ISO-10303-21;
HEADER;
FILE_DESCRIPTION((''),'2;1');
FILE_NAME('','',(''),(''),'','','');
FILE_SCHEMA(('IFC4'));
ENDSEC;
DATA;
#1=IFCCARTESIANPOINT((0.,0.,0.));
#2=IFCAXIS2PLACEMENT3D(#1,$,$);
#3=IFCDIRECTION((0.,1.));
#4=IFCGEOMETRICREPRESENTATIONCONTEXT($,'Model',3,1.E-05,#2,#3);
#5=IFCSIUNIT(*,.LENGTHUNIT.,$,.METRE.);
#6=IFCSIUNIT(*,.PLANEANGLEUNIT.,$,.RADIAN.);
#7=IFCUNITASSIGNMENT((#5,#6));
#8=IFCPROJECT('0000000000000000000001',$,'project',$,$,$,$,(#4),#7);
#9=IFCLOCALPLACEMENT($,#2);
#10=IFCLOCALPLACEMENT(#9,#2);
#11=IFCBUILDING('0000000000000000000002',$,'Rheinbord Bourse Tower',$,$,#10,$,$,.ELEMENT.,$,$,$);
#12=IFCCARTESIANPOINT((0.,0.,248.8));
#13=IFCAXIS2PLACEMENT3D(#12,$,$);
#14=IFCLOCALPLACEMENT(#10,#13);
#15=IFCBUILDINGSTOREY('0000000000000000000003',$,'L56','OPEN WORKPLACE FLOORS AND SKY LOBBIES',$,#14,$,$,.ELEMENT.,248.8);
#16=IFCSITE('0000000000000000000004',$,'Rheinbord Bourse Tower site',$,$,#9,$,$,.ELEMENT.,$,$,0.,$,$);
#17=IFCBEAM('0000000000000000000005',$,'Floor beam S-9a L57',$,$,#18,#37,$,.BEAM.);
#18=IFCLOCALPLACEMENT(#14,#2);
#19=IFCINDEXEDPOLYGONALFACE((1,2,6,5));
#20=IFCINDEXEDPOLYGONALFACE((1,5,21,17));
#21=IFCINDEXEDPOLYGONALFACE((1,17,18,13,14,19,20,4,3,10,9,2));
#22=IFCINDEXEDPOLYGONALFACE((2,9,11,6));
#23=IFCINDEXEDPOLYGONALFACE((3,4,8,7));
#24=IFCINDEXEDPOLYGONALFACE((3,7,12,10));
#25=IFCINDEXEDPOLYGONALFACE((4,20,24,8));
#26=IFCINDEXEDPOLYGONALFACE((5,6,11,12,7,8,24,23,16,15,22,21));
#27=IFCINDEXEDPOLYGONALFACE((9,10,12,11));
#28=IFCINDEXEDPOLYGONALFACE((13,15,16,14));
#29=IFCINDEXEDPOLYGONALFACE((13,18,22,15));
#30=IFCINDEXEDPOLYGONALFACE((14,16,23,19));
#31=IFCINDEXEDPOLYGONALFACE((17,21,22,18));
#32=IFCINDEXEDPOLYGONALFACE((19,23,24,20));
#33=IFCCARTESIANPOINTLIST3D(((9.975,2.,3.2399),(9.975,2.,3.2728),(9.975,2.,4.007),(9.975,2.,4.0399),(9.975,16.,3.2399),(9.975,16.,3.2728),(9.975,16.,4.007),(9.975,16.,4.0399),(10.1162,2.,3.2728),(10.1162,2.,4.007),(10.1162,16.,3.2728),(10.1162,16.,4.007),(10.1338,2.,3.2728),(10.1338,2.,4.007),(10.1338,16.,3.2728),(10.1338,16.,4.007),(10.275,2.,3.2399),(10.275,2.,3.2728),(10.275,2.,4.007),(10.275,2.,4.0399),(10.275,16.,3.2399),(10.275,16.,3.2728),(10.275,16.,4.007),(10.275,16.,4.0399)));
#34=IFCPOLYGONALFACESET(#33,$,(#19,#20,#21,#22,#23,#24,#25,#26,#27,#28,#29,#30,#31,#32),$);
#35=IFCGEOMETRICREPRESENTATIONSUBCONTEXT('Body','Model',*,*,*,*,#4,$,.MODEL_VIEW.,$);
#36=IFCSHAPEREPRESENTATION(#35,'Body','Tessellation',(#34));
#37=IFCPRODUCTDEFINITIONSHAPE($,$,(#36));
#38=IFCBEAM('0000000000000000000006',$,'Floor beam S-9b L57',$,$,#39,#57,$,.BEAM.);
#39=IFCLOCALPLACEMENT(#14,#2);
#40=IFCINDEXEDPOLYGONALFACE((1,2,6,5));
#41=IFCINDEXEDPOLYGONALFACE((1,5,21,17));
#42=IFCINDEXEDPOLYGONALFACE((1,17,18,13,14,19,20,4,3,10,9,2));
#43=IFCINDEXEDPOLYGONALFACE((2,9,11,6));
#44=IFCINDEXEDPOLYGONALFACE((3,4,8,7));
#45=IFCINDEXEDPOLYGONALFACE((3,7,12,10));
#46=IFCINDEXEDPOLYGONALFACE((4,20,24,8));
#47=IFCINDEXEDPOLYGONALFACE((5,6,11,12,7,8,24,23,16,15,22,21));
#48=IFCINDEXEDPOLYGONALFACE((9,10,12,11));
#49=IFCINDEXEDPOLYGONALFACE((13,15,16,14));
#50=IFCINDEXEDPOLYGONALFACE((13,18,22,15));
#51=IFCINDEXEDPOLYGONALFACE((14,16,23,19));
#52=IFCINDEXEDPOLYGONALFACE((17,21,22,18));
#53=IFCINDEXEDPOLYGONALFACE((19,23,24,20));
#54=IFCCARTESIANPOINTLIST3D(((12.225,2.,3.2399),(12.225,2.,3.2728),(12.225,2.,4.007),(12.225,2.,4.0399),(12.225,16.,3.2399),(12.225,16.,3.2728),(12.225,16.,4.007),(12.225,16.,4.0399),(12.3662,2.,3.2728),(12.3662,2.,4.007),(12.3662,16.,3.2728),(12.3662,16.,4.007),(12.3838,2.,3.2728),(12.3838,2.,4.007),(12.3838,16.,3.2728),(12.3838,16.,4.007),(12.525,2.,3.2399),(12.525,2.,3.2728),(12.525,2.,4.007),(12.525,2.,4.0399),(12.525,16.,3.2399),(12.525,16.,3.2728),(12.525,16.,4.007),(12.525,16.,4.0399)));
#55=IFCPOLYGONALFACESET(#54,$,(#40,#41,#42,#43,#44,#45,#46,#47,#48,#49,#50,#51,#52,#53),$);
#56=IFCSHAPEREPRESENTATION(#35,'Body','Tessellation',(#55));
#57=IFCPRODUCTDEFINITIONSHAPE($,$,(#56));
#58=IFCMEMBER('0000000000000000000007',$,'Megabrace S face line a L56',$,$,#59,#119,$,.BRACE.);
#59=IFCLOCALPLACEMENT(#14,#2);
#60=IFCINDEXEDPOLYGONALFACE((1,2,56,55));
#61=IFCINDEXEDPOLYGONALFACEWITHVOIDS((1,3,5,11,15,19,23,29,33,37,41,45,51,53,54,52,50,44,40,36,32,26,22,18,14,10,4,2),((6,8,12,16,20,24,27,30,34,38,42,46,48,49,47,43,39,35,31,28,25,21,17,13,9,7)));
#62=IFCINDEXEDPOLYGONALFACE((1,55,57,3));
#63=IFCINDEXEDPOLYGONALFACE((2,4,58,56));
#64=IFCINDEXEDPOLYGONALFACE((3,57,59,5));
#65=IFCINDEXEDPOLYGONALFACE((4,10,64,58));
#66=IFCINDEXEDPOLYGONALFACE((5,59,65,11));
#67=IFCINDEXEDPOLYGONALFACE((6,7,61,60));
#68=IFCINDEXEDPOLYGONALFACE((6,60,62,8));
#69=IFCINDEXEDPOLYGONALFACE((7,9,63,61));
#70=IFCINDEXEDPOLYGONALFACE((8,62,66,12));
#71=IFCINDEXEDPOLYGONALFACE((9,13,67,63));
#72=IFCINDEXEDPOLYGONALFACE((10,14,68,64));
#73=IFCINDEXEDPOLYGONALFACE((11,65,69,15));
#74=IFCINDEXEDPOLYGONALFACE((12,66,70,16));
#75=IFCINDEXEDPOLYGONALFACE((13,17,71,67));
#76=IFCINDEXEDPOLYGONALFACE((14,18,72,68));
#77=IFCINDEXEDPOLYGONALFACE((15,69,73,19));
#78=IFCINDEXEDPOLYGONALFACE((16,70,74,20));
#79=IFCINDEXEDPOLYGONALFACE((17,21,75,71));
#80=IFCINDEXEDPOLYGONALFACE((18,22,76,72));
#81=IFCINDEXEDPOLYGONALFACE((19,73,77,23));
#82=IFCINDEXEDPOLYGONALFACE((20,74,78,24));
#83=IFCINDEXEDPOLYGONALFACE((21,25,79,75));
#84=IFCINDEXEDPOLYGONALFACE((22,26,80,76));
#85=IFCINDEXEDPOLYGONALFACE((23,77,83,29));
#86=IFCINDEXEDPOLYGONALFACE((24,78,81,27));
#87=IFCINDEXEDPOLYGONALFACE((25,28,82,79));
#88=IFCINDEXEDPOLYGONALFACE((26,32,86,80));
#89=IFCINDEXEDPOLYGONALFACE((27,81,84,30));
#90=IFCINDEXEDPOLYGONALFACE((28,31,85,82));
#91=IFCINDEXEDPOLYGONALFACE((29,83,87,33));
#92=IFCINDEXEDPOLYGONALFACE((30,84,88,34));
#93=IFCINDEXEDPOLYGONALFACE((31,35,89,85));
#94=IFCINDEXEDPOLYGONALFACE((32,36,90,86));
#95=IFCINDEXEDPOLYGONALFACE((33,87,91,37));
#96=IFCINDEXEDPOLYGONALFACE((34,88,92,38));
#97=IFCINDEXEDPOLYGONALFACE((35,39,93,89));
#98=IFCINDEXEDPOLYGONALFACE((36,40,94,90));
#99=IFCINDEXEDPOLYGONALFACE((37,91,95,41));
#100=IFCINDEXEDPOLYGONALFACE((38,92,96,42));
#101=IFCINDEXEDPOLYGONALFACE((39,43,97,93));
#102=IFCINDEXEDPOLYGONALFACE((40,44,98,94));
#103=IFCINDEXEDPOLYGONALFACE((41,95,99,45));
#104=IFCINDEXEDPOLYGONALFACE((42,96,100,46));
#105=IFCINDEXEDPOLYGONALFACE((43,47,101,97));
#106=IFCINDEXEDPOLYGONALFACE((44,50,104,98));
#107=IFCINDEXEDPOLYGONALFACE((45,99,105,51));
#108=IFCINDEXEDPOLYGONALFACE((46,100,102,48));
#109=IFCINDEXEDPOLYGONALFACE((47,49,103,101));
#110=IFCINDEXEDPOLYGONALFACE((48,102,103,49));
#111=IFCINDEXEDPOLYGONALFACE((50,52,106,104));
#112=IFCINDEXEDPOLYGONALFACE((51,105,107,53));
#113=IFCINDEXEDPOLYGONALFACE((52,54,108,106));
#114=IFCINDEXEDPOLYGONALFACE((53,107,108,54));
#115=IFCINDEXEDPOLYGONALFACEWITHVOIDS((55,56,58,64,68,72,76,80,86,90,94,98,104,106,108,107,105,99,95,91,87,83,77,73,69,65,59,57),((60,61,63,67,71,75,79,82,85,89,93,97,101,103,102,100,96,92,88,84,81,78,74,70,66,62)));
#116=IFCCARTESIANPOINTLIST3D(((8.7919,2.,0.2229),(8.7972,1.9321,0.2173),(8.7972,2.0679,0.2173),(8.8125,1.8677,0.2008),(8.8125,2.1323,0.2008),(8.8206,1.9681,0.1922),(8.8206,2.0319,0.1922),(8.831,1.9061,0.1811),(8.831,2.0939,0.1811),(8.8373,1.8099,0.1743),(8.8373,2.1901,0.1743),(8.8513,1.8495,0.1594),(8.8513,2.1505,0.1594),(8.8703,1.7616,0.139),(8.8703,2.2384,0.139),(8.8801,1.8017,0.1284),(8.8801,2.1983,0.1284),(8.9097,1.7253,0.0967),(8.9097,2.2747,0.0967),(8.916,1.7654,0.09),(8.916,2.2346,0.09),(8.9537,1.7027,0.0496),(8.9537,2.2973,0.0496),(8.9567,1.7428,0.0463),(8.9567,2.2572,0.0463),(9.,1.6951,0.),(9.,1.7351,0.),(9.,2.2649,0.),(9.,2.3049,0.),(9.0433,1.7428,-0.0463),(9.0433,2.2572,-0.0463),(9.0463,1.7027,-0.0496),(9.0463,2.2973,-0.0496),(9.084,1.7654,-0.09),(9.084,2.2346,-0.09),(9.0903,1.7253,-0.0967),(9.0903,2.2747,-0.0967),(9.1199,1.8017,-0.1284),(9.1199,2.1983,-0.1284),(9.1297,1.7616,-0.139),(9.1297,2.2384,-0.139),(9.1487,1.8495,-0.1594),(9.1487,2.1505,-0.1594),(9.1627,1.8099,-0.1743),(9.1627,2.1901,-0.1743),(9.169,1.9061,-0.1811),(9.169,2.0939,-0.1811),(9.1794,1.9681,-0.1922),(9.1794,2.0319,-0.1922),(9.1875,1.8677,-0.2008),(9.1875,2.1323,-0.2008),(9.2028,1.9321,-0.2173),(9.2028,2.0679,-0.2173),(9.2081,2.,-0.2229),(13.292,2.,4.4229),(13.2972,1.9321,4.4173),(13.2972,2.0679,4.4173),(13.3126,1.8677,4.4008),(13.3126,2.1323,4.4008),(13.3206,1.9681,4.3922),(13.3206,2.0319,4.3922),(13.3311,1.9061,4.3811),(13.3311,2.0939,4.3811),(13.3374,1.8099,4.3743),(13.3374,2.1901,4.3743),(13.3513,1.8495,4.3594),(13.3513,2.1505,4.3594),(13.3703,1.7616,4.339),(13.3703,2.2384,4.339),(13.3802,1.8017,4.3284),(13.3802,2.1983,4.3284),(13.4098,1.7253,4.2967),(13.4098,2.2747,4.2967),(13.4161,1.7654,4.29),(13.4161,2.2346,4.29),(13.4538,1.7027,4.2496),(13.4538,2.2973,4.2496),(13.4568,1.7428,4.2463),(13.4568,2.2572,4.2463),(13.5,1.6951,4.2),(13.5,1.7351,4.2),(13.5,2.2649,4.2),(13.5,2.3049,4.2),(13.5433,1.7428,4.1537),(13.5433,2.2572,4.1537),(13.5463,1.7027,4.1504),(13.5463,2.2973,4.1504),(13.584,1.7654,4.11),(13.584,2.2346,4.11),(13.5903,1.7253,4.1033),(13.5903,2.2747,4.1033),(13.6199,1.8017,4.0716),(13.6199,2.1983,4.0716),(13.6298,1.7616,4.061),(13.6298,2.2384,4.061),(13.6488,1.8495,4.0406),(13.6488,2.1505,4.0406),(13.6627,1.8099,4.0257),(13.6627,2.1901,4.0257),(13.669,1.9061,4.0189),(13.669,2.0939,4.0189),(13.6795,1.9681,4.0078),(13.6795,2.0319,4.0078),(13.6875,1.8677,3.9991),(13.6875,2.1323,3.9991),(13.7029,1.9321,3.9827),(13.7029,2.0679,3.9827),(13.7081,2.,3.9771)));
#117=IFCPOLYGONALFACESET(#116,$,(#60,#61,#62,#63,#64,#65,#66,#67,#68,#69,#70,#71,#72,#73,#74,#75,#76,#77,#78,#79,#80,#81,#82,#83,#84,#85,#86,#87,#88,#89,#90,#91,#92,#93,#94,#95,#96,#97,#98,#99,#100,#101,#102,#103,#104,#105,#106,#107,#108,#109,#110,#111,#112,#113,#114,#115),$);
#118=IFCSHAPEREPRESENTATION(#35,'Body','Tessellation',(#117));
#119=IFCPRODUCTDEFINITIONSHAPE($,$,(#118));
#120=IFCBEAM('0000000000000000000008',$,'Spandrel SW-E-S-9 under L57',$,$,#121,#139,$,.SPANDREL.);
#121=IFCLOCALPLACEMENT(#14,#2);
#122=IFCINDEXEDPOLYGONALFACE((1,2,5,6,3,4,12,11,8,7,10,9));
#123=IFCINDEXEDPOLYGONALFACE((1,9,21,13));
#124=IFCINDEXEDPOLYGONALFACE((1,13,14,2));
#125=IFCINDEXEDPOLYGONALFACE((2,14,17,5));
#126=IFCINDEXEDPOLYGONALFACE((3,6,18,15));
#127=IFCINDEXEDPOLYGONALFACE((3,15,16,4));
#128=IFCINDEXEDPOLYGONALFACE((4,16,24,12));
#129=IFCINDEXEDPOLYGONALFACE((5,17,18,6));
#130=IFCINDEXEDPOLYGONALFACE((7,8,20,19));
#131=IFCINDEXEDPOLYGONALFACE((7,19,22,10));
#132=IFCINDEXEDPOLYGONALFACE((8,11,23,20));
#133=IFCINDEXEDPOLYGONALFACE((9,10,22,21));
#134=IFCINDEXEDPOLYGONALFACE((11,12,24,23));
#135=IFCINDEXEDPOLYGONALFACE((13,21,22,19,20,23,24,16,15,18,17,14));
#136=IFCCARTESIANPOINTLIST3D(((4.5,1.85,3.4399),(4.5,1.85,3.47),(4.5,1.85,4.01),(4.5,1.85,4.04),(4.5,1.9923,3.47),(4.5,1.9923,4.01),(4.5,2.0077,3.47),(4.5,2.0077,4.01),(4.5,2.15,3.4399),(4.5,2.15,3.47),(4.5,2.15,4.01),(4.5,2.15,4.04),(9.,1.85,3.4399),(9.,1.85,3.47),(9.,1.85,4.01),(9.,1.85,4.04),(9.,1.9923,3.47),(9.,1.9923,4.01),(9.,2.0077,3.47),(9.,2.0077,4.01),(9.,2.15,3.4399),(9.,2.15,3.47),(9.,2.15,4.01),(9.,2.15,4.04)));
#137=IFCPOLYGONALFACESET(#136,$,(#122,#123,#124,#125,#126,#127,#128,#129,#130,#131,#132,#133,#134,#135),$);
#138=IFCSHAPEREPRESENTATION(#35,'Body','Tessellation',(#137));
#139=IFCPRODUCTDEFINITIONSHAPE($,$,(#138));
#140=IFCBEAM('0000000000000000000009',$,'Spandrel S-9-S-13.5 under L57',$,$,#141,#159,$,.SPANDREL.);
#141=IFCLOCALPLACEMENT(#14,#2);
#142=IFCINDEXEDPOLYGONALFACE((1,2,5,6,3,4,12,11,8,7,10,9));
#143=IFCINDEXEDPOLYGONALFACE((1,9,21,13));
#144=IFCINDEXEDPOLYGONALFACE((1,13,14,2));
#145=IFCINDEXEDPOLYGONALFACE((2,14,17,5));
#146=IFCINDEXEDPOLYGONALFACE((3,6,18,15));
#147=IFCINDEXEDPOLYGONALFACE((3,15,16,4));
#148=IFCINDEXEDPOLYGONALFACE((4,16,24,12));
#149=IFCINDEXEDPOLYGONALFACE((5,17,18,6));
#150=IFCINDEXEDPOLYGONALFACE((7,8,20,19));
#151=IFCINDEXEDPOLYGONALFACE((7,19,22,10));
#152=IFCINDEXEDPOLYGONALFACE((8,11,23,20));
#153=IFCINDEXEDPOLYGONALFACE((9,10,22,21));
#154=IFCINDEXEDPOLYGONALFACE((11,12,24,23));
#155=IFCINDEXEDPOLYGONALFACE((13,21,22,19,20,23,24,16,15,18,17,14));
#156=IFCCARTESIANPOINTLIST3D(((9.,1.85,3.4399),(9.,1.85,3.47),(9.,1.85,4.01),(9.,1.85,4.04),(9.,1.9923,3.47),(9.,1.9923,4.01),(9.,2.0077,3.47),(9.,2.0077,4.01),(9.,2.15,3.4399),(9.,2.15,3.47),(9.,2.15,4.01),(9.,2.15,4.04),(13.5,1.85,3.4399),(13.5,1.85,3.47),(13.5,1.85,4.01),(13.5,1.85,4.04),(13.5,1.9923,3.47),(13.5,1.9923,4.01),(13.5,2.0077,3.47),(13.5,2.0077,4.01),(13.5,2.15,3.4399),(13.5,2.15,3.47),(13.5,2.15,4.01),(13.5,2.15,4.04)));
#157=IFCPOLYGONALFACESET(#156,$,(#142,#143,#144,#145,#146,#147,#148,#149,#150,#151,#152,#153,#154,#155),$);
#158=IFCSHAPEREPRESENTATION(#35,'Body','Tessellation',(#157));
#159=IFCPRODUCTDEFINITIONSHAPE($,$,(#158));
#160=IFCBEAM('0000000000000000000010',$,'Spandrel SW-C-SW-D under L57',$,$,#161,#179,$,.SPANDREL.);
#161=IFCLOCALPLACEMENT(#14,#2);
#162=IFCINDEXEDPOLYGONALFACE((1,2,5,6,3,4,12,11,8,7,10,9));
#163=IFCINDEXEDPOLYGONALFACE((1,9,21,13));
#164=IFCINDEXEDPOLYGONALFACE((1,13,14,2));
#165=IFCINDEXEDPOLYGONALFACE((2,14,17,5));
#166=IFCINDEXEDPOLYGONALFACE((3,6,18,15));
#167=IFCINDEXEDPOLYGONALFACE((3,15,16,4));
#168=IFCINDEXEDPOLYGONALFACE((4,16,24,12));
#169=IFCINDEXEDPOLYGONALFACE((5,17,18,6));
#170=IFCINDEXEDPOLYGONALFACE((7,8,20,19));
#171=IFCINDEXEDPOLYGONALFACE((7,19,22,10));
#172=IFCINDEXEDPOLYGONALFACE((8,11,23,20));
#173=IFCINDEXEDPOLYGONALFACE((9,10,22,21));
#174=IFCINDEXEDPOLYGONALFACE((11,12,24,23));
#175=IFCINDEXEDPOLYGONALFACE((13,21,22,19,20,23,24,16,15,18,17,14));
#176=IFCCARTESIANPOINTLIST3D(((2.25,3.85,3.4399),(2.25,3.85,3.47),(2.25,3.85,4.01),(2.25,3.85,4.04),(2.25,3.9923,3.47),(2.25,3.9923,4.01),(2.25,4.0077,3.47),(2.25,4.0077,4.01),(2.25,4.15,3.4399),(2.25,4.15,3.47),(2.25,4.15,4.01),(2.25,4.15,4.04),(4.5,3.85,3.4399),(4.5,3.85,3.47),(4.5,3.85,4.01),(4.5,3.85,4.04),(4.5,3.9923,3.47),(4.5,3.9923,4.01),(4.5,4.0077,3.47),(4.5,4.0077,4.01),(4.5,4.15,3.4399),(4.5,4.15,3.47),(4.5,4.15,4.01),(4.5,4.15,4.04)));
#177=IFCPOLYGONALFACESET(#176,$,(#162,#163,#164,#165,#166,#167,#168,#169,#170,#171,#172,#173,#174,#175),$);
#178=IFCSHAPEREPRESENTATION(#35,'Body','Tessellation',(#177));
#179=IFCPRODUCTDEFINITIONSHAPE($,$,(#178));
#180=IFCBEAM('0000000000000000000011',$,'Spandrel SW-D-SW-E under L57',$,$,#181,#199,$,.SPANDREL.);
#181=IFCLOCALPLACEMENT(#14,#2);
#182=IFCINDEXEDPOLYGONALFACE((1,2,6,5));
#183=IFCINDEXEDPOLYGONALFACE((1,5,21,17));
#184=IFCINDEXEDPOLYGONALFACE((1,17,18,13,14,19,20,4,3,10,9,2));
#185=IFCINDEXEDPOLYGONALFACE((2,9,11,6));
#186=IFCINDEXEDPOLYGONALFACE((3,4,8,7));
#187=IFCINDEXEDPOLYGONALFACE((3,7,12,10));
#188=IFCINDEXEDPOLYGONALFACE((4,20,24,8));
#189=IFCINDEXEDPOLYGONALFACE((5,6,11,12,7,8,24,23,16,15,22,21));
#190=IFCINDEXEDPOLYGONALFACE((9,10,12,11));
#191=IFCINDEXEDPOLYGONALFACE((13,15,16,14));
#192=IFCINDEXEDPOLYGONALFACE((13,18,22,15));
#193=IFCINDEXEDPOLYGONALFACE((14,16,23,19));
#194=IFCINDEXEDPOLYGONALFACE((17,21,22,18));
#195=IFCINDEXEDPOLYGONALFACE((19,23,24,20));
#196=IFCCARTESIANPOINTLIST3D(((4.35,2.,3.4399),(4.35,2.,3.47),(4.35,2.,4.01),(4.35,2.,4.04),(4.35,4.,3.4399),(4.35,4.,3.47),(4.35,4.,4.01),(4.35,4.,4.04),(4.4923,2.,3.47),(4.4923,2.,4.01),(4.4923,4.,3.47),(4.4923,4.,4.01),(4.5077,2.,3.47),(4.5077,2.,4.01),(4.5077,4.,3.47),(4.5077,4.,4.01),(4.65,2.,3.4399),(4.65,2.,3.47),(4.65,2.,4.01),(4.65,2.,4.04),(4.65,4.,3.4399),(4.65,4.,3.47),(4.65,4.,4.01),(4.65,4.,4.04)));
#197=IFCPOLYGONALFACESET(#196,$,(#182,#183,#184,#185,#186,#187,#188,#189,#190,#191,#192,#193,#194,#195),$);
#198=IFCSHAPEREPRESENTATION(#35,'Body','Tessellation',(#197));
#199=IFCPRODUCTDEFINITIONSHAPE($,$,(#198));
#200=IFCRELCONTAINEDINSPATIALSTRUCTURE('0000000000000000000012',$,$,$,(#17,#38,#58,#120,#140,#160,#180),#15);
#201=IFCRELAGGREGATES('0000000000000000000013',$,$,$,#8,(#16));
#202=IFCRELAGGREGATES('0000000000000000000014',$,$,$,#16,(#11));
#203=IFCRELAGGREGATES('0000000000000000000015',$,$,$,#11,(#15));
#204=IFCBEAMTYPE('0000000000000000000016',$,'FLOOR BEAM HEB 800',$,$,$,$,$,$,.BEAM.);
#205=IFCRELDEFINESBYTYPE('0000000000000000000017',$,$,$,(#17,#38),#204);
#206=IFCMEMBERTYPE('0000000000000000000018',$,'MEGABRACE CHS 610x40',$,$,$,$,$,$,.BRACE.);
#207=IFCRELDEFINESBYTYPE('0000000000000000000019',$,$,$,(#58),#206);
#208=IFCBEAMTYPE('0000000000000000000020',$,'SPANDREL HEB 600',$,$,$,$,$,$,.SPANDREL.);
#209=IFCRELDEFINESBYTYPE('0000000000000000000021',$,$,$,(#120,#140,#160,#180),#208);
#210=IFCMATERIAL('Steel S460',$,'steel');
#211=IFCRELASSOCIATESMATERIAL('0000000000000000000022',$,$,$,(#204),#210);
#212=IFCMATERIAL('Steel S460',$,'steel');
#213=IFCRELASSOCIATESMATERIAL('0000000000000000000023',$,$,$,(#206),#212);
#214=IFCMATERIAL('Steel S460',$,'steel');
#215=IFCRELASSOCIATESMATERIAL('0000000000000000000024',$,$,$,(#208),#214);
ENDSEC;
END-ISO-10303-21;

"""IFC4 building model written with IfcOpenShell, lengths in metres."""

from ifc_helpers import new_model, si_unit, direction, frame, origin, origin_2d, place, context, subcontext, project, spatial, hollow_circle, i_section, extrude, material, material_profile, profile_set, type_object, element, save


model = new_model("IFC4")

# Units and contexts
model_context = context("Model", 3, precision=1e-05, world=origin(), true_north=direction((0.0, 1.0)))
body_context = subcontext(model_context, "Body", "Model", "MODEL_VIEW")
ifc_project = project(units=[si_unit("LENGTHUNIT", "METRE"), si_unit("PLANEANGLEUNIT", "RADIAN")], contexts=[model_context])

# Site, building, storey
site_placement = place(None, origin())
site = spatial("IfcSite", under=ifc_project, at=site_placement, Name="Rheinbord Bourse Tower site", CompositionType="ELEMENT", RefElevation=0.0)
building_placement = place(site_placement, origin())
building = spatial("IfcBuilding", under=site, at=building_placement, Name="Rheinbord Bourse Tower", CompositionType="ELEMENT")
storey_placement = place(building_placement, frame((0.0, 0.0, 248.8)))
storey = spatial("IfcBuildingStorey", under=building, at=storey_placement, Name="L56", Description="OPEN WORKPLACE FLOORS AND SKY LOBBIES", CompositionType="ELEMENT", Elevation=248.8)

# Beams
ifc_material_1 = material(Name="Steel S460", Category="steel")
ifc_material_profile_1 = material_profile(ifc_material_1, i_section(OverallWidth=0.3, OverallDepth=0.8, WebThickness=0.0176, FlangeThickness=0.033, at=origin_2d()), Name="HEB 800")
ifc_profile_set_1 = profile_set([ifc_material_profile_1], Name="Steel S460")
beam_type_1 = type_object("IfcBeamType", Name="FLOOR BEAM HEB 800", PredefinedType="BEAM", material=ifc_profile_set_1)
for number, where, z_axis, x_axis, name in (
    (1, (10.125, 2.0, 3.6399), (0.0, 1.0, 0.0), (-1.0, 0.0, 0.0), "Floor beam S-9a L57"),
    (2, (12.375, 2.0, 3.6399), (0.0, 1.0, 0.0), (-1.0, 0.0, 0.0), "Floor beam S-9b L57"),
):
    element("IfcBeam", number, at=place(storey_placement, frame(where, z_axis=z_axis, x_axis=x_axis)), inside=storey, type_object=beam_type_1, Name=name, PredefinedType="BEAM", context=body_context, shape_type="SweptSolid", body=[
        extrude(i_section(OverallWidth=0.3, OverallDepth=0.8, WebThickness=0.0176, FlangeThickness=0.033, at=origin_2d()), origin(), (0.0, 0.0, 1.0), 14.0),
    ])

# Member
ifc_material_2 = material(Name="Steel S460", Category="steel")
ifc_material_profile_2 = material_profile(ifc_material_2, hollow_circle(Radius=0.3049, WallThickness=0.04, at=origin_2d()), Name="CHS 610x40")
ifc_profile_set_2 = profile_set([ifc_material_profile_2], Name="Steel S460")
member_type_1 = type_object("IfcMemberType", Name="MEGABRACE CHS 610x40", PredefinedType="BRACE", material=ifc_profile_set_2)
member_1_placement = place(storey_placement, frame((9.0, 2.0, 0.0), z_axis=(0.731059, 0.0, 0.682314), x_axis=(0.0, 1.0, 0.0)))
element("IfcMember", 3, at=member_1_placement, inside=storey, type_object=member_type_1, Name="Megabrace S face line a L56", PredefinedType="BRACE", context=body_context, shape_type="SweptSolid", body=[
    extrude(hollow_circle(Radius=0.3049, WallThickness=0.04, at=origin_2d()), origin(), (0.0, 0.0, 1.0), 6.1555),
])

# Beams
ifc_material_3 = material(Name="Steel S460", Category="steel")
ifc_material_profile_3 = material_profile(ifc_material_3, i_section(OverallWidth=0.3, OverallDepth=0.6001, WebThickness=0.0154, FlangeThickness=0.03, at=origin_2d()), Name="HEB 600")
ifc_profile_set_3 = profile_set([ifc_material_profile_3], Name="Steel S460")
beam_type_2 = type_object("IfcBeamType", Name="SPANDREL HEB 600", PredefinedType="SPANDREL", material=ifc_profile_set_3)
for number, where, z_axis, x_axis, name in (
    (4, (4.5, 2.0, 3.74), (1.0, 0.0, 0.0), (0.0, 1.0, 0.0), "Spandrel SW-E-S-9 under L57"),
    (5, (9.0, 2.0, 3.74), (1.0, 0.0, 0.0), (0.0, 1.0, 0.0), "Spandrel S-9-S-13.5 under L57"),
):
    element("IfcBeam", number, at=place(storey_placement, frame(where, z_axis=z_axis, x_axis=x_axis)), inside=storey, type_object=beam_type_2, Name=name, PredefinedType="SPANDREL", context=body_context, shape_type="SweptSolid", body=[
        extrude(i_section(OverallWidth=0.3, OverallDepth=0.6001, WebThickness=0.0154, FlangeThickness=0.03, at=origin_2d()), origin(), (0.0, 0.0, 1.0), 4.5),
    ])
beam_1_placement = place(storey_placement, frame((2.25, 4.0, 3.74), z_axis=(1.0, 0.0, 0.0), x_axis=(0.0, 1.0, 0.0)))
element("IfcBeam", 6, at=beam_1_placement, inside=storey, type_object=beam_type_2, Name="Spandrel SW-C-SW-D under L57", PredefinedType="SPANDREL", context=body_context, shape_type="SweptSolid", body=[
    extrude(i_section(OverallWidth=0.3, OverallDepth=0.6001, WebThickness=0.0154, FlangeThickness=0.03, at=origin_2d()), origin(), (0.0, 0.0, 1.0), 2.25),
])
beam_2_placement = place(storey_placement, frame((4.5, 4.0, 3.74), z_axis=(0.0, -1.0, 0.0), x_axis=(1.0, 0.0, 0.0)))
element("IfcBeam", 7, at=beam_2_placement, inside=storey, type_object=beam_type_2, Name="Spandrel SW-D-SW-E under L57", PredefinedType="SPANDREL", context=body_context, shape_type="SweptSolid", body=[
    extrude(i_section(OverallWidth=0.3, OverallDepth=0.6001, WebThickness=0.0154, FlangeThickness=0.03, at=origin_2d()), origin(), (0.0, 0.0, 1.0), 2.0),
])

save(model, "model.ifc")
